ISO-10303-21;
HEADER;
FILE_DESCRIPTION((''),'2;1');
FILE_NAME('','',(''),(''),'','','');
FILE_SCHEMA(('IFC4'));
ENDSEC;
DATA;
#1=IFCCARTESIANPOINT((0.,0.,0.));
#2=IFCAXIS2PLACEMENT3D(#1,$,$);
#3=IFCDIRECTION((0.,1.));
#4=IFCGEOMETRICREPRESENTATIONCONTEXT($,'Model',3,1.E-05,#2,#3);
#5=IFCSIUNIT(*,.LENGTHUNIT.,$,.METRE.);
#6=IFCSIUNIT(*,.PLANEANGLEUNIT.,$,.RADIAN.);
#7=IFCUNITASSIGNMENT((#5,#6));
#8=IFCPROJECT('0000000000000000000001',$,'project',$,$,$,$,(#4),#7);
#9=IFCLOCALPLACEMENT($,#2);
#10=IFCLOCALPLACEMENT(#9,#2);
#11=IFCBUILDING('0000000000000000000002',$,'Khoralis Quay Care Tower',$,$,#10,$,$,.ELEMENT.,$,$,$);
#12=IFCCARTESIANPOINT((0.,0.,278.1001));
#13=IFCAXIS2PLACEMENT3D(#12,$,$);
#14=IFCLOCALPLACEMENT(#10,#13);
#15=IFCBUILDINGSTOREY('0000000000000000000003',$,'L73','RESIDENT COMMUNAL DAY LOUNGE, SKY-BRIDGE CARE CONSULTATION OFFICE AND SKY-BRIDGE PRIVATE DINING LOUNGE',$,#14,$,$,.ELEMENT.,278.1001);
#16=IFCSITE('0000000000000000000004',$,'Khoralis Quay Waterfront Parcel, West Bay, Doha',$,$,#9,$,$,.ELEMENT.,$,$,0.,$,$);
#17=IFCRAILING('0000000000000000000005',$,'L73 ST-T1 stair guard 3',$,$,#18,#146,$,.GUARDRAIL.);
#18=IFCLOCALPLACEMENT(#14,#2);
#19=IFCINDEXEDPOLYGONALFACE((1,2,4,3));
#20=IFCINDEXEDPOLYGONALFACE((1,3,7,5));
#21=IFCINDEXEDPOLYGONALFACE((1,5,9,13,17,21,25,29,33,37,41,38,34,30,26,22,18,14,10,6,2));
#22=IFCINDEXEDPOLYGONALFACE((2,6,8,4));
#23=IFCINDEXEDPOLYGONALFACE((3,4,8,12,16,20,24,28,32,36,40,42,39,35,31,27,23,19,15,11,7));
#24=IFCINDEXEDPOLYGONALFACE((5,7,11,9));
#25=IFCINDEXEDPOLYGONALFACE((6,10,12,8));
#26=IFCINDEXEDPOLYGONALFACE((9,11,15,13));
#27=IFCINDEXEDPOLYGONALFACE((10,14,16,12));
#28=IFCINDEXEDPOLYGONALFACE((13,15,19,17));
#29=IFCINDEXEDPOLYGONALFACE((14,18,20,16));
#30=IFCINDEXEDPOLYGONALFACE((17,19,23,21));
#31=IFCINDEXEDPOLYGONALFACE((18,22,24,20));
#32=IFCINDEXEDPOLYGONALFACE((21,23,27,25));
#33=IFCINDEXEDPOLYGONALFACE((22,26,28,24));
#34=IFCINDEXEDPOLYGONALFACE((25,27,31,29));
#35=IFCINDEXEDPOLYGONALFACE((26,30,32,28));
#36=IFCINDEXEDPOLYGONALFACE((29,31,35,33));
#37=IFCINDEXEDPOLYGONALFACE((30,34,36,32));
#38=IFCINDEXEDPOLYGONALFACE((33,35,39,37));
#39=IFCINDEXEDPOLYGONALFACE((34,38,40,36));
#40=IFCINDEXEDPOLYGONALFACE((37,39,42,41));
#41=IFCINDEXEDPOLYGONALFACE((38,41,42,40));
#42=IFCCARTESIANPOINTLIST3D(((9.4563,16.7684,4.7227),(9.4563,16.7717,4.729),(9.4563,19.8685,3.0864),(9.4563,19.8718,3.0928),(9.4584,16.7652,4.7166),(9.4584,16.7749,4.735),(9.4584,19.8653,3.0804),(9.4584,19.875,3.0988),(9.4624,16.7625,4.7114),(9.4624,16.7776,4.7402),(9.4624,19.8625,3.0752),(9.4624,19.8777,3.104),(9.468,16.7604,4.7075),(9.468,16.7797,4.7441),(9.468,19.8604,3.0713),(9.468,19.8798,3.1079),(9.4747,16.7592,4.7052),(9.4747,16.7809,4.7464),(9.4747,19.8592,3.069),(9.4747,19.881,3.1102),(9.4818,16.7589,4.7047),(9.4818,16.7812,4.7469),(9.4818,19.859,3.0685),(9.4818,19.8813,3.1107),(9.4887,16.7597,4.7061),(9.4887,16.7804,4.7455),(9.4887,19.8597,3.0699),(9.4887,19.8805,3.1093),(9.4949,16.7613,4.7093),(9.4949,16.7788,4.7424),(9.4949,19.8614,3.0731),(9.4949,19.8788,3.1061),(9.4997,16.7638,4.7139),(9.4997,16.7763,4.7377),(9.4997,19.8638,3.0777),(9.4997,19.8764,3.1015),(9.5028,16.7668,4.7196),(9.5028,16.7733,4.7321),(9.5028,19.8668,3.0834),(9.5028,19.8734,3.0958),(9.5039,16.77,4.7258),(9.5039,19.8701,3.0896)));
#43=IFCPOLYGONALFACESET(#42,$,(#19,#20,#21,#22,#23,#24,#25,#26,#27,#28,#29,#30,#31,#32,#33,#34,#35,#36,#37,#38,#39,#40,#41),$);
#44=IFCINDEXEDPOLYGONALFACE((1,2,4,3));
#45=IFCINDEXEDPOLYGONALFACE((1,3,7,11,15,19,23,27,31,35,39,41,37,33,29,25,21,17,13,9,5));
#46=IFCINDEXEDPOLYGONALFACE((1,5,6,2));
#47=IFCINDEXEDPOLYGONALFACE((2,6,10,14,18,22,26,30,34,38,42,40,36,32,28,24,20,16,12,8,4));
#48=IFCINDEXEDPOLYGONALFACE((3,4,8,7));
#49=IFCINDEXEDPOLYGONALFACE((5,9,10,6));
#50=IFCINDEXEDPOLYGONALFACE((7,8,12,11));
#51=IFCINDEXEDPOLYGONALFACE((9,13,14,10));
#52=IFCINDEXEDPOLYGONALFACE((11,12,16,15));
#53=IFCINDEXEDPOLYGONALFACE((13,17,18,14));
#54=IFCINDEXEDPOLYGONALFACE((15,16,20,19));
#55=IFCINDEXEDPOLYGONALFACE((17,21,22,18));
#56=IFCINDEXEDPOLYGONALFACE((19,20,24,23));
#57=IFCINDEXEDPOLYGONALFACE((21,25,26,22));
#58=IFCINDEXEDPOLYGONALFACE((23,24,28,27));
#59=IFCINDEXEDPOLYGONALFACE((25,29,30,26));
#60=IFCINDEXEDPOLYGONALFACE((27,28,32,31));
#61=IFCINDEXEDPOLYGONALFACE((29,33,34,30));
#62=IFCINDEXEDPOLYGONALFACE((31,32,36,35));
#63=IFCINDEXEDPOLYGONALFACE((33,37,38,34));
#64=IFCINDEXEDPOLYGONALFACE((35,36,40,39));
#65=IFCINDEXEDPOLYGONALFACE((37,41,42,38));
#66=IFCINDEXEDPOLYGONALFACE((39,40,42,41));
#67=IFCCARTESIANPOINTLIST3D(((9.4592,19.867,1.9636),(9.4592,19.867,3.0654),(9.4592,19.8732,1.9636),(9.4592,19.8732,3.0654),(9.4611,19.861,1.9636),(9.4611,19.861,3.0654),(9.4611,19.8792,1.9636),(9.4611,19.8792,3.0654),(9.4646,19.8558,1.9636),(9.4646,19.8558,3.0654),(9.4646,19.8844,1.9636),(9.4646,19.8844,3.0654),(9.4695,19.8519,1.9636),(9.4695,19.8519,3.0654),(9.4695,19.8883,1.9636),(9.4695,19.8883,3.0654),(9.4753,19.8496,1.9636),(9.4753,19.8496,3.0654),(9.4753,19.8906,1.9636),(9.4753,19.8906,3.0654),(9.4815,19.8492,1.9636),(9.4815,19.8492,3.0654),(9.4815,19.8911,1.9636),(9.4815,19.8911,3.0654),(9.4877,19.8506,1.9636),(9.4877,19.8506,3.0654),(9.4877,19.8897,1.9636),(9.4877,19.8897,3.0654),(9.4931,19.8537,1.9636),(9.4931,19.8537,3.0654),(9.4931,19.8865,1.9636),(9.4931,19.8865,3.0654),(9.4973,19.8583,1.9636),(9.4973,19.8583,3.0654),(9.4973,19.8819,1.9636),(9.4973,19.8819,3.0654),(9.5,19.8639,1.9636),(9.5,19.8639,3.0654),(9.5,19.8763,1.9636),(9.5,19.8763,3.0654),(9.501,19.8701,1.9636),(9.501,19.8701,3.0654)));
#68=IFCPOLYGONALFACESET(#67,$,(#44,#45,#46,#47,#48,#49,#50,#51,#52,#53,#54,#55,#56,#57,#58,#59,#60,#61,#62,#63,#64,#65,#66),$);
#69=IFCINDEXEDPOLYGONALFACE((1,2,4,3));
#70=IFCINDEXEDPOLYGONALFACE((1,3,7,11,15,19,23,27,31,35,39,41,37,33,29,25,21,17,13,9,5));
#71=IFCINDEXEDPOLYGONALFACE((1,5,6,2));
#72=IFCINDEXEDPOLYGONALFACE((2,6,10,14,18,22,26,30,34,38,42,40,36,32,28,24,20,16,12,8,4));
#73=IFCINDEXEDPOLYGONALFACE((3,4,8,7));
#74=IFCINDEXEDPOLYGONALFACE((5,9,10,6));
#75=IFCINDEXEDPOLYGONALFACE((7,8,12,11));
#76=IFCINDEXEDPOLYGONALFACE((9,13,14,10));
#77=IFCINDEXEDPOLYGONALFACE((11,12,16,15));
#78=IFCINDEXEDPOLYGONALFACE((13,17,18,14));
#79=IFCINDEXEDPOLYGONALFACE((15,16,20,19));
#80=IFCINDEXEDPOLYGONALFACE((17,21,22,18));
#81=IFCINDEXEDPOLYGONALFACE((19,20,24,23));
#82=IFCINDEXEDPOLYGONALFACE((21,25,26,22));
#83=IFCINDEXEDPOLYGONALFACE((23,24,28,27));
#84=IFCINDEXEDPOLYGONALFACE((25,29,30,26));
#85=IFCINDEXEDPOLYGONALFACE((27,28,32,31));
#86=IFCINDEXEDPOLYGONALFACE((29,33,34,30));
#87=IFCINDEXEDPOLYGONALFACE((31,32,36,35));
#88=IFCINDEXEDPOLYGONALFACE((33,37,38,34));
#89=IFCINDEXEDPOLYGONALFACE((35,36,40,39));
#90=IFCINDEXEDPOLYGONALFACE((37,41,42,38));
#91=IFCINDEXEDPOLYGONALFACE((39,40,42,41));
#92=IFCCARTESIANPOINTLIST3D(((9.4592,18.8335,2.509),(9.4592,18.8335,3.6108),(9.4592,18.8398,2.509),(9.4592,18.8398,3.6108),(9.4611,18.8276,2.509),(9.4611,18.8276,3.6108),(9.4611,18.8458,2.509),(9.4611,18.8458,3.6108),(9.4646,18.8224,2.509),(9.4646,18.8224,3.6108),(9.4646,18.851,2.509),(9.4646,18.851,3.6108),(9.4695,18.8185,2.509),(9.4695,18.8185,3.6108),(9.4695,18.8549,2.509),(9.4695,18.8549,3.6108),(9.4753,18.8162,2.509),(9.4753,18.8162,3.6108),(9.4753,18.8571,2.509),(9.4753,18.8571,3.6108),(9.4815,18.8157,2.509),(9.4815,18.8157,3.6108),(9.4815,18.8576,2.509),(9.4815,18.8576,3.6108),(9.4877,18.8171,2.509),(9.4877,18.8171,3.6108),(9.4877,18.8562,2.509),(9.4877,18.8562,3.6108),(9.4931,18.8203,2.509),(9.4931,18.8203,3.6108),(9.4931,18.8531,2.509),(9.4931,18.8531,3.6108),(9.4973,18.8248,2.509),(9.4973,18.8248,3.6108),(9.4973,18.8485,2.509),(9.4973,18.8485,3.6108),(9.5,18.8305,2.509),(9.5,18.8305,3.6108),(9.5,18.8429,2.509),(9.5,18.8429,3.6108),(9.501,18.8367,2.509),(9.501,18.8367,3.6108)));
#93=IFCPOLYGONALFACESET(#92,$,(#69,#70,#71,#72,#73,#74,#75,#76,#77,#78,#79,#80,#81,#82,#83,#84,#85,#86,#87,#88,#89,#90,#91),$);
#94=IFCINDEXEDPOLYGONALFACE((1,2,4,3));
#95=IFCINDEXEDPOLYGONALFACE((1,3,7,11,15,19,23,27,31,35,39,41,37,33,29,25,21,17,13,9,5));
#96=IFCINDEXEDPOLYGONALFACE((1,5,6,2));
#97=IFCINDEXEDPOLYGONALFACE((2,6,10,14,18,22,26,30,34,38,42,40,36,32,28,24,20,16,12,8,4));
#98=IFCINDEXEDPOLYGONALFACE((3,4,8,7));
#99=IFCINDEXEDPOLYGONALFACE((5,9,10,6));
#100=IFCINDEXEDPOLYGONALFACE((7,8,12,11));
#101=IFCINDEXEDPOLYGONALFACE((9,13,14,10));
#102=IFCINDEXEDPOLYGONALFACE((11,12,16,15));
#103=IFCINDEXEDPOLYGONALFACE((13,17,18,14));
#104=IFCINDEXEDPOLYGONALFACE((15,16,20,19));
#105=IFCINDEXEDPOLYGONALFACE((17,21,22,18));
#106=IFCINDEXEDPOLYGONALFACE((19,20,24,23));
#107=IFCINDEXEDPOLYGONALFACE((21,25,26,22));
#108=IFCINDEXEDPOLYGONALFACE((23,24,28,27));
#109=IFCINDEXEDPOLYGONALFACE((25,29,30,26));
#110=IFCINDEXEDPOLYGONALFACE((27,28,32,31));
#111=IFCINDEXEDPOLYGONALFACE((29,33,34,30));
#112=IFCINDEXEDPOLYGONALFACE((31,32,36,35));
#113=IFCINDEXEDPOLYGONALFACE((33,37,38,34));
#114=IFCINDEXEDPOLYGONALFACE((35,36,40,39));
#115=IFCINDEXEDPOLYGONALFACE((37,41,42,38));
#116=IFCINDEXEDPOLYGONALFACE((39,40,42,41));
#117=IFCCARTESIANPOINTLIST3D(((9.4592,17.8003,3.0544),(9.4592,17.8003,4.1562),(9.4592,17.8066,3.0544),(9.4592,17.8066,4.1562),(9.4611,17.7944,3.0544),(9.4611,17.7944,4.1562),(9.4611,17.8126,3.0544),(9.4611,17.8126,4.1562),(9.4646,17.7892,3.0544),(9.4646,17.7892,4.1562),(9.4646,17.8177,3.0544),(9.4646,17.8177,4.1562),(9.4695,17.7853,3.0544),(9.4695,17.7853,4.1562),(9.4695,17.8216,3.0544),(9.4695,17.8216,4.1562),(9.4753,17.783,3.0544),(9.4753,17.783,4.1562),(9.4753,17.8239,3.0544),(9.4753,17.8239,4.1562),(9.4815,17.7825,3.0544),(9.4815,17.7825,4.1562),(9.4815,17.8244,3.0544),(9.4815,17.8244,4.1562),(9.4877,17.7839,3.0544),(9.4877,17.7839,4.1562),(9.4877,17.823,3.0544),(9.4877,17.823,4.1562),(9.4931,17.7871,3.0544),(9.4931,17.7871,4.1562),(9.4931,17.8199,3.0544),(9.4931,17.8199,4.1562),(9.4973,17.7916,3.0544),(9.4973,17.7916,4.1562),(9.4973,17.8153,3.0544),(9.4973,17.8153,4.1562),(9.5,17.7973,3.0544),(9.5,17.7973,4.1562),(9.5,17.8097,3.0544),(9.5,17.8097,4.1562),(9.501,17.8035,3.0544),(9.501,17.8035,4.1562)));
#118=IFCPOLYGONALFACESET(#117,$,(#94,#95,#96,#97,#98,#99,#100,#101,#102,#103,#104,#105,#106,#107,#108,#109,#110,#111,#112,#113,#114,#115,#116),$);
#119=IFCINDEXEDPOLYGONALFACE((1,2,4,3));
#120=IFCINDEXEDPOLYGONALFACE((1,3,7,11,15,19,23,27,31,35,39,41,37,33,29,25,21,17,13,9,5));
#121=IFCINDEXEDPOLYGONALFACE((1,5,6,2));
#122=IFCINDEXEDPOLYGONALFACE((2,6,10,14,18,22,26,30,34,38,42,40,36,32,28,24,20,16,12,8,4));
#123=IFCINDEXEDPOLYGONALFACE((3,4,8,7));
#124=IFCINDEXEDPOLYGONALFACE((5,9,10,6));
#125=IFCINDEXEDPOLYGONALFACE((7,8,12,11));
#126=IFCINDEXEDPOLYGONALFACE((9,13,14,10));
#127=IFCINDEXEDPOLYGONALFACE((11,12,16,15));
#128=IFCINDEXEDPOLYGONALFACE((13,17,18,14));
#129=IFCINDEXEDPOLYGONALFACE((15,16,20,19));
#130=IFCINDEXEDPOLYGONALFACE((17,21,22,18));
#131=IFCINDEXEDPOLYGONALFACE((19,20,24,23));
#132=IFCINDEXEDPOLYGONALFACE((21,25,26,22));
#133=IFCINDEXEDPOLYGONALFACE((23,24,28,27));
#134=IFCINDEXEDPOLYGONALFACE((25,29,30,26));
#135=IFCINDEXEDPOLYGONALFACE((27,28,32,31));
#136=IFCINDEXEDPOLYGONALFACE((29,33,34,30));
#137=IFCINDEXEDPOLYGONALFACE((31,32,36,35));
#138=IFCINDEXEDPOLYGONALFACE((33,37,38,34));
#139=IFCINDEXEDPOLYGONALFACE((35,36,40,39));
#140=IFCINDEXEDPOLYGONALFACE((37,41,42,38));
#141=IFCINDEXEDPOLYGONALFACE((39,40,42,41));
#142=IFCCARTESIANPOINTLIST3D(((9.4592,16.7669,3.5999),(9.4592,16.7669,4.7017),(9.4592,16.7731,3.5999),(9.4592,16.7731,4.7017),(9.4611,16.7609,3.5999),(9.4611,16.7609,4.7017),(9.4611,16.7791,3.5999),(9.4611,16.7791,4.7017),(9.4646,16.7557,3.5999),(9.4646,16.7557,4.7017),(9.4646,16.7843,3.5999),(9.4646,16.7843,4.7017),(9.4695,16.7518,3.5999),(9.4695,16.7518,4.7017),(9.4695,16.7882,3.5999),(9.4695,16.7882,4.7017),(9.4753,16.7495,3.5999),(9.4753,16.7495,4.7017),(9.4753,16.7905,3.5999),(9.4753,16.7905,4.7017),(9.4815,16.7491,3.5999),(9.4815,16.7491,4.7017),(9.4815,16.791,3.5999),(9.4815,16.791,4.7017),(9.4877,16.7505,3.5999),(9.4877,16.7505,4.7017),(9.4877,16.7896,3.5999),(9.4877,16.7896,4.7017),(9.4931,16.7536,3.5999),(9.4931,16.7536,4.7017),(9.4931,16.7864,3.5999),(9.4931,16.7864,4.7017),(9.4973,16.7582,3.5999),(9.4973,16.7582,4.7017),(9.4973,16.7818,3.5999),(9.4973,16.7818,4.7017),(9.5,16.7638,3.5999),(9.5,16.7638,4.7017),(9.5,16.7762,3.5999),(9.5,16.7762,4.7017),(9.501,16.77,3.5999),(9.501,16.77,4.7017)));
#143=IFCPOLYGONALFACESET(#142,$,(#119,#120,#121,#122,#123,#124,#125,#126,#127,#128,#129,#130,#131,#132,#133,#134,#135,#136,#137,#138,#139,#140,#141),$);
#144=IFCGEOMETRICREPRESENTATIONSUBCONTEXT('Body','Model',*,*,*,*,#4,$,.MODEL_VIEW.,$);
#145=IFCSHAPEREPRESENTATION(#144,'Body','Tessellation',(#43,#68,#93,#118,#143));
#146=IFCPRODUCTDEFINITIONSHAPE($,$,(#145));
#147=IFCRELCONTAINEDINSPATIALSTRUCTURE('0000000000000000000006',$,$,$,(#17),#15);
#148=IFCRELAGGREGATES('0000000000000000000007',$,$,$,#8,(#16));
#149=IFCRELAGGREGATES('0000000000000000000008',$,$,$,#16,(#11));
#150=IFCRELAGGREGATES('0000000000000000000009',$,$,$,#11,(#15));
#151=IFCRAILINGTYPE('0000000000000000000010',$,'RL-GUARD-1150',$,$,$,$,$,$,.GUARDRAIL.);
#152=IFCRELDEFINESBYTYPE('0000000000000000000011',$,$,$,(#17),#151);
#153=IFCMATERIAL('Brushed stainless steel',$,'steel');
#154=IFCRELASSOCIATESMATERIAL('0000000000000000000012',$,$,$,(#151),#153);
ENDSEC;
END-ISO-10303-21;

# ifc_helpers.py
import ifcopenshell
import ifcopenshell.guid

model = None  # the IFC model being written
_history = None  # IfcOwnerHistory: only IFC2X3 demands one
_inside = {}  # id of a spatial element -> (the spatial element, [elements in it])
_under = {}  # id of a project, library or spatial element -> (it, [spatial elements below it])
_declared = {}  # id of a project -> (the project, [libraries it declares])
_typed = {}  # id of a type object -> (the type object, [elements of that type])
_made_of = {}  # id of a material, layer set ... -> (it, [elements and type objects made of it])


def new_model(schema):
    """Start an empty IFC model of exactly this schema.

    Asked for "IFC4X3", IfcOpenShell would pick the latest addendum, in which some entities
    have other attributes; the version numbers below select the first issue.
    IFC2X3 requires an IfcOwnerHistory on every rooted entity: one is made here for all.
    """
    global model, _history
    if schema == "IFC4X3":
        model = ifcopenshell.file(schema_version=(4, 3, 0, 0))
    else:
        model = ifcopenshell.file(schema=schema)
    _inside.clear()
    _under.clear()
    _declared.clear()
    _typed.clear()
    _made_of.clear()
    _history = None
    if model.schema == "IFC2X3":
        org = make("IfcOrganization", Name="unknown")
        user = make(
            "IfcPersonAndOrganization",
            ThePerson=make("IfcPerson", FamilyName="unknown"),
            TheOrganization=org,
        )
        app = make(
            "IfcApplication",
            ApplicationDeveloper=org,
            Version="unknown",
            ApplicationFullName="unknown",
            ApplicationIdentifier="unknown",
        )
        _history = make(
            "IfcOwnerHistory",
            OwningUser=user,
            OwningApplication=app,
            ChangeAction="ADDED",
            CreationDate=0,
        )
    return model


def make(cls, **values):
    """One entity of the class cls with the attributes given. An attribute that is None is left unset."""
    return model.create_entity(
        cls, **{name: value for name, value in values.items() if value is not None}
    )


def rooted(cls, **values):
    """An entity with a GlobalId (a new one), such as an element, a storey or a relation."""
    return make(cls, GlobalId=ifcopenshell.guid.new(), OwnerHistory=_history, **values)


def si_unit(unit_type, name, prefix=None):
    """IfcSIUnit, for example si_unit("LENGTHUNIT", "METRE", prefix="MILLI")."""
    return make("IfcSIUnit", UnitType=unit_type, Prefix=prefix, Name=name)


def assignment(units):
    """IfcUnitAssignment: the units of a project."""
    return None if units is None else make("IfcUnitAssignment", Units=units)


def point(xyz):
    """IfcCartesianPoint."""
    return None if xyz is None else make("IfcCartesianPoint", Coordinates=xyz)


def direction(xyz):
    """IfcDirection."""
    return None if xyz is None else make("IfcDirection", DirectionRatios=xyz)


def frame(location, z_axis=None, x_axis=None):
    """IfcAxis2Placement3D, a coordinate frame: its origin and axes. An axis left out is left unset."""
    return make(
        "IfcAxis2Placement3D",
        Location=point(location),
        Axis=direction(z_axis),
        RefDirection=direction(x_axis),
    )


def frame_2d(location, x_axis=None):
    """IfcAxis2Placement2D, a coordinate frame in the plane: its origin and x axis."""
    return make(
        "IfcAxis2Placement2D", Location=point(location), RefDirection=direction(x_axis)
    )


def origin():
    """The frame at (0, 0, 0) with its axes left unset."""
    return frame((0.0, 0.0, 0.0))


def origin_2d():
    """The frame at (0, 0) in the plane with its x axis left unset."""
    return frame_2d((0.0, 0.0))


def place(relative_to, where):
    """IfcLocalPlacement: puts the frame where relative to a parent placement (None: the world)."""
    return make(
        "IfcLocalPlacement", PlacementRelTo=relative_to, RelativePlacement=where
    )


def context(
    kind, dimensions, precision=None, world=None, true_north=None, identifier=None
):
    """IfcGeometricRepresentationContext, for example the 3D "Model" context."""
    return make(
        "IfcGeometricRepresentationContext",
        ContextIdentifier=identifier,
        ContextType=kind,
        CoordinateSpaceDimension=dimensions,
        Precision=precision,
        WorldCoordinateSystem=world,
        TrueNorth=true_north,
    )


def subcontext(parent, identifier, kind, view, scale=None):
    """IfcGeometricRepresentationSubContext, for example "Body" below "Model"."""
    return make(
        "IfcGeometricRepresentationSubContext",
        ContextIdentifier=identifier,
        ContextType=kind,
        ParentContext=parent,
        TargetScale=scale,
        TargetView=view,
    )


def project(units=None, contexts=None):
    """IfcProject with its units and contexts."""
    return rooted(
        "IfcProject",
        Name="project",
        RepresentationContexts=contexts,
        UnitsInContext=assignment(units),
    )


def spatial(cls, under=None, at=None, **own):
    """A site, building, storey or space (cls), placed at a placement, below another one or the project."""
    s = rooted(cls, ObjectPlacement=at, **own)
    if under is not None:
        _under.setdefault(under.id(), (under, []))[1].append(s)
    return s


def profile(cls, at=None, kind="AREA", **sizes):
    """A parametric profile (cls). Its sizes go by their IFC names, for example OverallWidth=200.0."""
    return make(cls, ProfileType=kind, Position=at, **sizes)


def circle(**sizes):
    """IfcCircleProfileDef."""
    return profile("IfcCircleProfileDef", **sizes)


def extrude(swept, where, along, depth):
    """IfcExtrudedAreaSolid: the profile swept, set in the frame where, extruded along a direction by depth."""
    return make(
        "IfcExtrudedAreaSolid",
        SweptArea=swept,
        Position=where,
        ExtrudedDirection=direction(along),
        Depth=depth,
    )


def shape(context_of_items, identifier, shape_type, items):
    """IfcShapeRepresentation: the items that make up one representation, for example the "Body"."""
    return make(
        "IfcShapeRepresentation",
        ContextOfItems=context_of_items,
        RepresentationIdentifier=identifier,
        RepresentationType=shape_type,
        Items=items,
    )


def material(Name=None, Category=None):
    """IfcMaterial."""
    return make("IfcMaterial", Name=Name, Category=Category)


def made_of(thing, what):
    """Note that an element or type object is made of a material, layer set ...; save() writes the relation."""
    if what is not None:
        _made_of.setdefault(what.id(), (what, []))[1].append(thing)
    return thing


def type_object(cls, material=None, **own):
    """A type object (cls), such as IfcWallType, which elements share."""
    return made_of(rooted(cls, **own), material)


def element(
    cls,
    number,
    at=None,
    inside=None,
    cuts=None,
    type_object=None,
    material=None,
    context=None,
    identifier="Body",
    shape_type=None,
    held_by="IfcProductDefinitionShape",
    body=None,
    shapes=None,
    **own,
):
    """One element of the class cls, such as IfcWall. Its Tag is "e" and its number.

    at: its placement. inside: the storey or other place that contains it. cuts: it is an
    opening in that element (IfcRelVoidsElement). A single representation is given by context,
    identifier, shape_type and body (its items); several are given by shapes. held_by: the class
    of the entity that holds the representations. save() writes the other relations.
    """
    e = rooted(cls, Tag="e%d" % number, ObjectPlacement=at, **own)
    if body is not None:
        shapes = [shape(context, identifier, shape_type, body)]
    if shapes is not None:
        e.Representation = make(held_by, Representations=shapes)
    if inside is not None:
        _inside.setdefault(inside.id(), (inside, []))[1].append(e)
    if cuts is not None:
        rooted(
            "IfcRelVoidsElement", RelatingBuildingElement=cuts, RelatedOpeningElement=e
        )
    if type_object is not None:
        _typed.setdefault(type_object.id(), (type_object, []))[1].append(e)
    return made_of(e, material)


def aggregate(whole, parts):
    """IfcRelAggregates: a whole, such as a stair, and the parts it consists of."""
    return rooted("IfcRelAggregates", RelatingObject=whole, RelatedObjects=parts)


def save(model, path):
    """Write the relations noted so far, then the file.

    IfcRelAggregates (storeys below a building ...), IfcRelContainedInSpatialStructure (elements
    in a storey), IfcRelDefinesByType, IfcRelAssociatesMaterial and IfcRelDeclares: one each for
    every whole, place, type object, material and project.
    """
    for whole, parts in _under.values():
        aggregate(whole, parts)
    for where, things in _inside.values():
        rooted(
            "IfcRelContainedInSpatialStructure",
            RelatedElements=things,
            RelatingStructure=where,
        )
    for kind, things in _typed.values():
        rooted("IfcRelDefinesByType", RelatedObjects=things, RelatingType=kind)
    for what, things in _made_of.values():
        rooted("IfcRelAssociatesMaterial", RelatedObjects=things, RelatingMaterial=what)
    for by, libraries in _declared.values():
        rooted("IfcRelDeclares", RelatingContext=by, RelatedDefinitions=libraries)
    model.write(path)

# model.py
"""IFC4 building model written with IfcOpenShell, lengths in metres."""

from ifc_helpers import new_model, si_unit, direction, frame, origin, origin_2d, place, context, subcontext, project, spatial, circle, extrude, material, type_object, element, save


model = new_model("IFC4")

# Units and contexts
model_context = context("Model", 3, precision=1e-05, world=origin(), true_north=direction((0.0, 1.0)))
body_context = subcontext(model_context, "Body", "Model", "MODEL_VIEW")
ifc_project = project(units=[si_unit("LENGTHUNIT", "METRE"), si_unit("PLANEANGLEUNIT", "RADIAN")], contexts=[model_context])

# Site, building, storey
site_placement = place(None, origin())
site = spatial("IfcSite", under=ifc_project, at=site_placement, Name="Khoralis Quay Waterfront Parcel, West Bay, Doha", CompositionType="ELEMENT", RefElevation=0.0)
building_placement = place(site_placement, origin())
building = spatial("IfcBuilding", under=site, at=building_placement, Name="Khoralis Quay Care Tower", CompositionType="ELEMENT")
storey_placement = place(building_placement, frame((0.0, 0.0, 278.1001)))
storey = spatial("IfcBuildingStorey", under=building, at=storey_placement, Name="L73", Description="RESIDENT COMMUNAL DAY LOUNGE, SKY-BRIDGE CARE CONSULTATION OFFICE AND SKY-BRIDGE PRIVATE DINING LOUNGE", CompositionType="ELEMENT", Elevation=278.1001)

# Shared definitions
ifc_material_1 = material(Name="Brushed stainless steel", Category="steel")

# Railing
railing_type_1 = type_object("IfcRailingType", Name="RL-GUARD-1150", PredefinedType="GUARDRAIL", material=ifc_material_1)
railing_1_placement = place(storey_placement, frame((9.48, 19.8701, 1.9636)))
element("IfcRailing", 1, at=railing_1_placement, inside=storey, type_object=railing_type_1, Name="L73 ST-T1 stair guard 3", PredefinedType="GUARDRAIL", context=body_context, shape_type="SweptSolid", body=[
    extrude(circle(Radius=0.0239, at=origin_2d()), frame((0.0, 0.0, 1.126), z_axis=(0.0, -0.884377, 0.466774), x_axis=(1.0, 0.0, 0.0)), (0.0, 0.0, 1.0), 3.5054),
    extrude(circle(Radius=0.021, at=origin_2d()), origin(), (0.0, 0.0, 1.0), 1.1018),
    extrude(circle(Radius=0.021, at=origin_2d()), frame((0.0, -1.0334, 0.5454)), (0.0, 0.0, 1.0), 1.1018),
    extrude(circle(Radius=0.021, at=origin_2d()), frame((0.0, -2.0667, 1.0908)), (0.0, 0.0, 1.0), 1.1018),
    extrude(circle(Radius=0.021, at=origin_2d()), frame((0.0, -3.1001, 1.6362)), (0.0, 0.0, 1.0), 1.1018),
])

save(model, "model.ifc")
